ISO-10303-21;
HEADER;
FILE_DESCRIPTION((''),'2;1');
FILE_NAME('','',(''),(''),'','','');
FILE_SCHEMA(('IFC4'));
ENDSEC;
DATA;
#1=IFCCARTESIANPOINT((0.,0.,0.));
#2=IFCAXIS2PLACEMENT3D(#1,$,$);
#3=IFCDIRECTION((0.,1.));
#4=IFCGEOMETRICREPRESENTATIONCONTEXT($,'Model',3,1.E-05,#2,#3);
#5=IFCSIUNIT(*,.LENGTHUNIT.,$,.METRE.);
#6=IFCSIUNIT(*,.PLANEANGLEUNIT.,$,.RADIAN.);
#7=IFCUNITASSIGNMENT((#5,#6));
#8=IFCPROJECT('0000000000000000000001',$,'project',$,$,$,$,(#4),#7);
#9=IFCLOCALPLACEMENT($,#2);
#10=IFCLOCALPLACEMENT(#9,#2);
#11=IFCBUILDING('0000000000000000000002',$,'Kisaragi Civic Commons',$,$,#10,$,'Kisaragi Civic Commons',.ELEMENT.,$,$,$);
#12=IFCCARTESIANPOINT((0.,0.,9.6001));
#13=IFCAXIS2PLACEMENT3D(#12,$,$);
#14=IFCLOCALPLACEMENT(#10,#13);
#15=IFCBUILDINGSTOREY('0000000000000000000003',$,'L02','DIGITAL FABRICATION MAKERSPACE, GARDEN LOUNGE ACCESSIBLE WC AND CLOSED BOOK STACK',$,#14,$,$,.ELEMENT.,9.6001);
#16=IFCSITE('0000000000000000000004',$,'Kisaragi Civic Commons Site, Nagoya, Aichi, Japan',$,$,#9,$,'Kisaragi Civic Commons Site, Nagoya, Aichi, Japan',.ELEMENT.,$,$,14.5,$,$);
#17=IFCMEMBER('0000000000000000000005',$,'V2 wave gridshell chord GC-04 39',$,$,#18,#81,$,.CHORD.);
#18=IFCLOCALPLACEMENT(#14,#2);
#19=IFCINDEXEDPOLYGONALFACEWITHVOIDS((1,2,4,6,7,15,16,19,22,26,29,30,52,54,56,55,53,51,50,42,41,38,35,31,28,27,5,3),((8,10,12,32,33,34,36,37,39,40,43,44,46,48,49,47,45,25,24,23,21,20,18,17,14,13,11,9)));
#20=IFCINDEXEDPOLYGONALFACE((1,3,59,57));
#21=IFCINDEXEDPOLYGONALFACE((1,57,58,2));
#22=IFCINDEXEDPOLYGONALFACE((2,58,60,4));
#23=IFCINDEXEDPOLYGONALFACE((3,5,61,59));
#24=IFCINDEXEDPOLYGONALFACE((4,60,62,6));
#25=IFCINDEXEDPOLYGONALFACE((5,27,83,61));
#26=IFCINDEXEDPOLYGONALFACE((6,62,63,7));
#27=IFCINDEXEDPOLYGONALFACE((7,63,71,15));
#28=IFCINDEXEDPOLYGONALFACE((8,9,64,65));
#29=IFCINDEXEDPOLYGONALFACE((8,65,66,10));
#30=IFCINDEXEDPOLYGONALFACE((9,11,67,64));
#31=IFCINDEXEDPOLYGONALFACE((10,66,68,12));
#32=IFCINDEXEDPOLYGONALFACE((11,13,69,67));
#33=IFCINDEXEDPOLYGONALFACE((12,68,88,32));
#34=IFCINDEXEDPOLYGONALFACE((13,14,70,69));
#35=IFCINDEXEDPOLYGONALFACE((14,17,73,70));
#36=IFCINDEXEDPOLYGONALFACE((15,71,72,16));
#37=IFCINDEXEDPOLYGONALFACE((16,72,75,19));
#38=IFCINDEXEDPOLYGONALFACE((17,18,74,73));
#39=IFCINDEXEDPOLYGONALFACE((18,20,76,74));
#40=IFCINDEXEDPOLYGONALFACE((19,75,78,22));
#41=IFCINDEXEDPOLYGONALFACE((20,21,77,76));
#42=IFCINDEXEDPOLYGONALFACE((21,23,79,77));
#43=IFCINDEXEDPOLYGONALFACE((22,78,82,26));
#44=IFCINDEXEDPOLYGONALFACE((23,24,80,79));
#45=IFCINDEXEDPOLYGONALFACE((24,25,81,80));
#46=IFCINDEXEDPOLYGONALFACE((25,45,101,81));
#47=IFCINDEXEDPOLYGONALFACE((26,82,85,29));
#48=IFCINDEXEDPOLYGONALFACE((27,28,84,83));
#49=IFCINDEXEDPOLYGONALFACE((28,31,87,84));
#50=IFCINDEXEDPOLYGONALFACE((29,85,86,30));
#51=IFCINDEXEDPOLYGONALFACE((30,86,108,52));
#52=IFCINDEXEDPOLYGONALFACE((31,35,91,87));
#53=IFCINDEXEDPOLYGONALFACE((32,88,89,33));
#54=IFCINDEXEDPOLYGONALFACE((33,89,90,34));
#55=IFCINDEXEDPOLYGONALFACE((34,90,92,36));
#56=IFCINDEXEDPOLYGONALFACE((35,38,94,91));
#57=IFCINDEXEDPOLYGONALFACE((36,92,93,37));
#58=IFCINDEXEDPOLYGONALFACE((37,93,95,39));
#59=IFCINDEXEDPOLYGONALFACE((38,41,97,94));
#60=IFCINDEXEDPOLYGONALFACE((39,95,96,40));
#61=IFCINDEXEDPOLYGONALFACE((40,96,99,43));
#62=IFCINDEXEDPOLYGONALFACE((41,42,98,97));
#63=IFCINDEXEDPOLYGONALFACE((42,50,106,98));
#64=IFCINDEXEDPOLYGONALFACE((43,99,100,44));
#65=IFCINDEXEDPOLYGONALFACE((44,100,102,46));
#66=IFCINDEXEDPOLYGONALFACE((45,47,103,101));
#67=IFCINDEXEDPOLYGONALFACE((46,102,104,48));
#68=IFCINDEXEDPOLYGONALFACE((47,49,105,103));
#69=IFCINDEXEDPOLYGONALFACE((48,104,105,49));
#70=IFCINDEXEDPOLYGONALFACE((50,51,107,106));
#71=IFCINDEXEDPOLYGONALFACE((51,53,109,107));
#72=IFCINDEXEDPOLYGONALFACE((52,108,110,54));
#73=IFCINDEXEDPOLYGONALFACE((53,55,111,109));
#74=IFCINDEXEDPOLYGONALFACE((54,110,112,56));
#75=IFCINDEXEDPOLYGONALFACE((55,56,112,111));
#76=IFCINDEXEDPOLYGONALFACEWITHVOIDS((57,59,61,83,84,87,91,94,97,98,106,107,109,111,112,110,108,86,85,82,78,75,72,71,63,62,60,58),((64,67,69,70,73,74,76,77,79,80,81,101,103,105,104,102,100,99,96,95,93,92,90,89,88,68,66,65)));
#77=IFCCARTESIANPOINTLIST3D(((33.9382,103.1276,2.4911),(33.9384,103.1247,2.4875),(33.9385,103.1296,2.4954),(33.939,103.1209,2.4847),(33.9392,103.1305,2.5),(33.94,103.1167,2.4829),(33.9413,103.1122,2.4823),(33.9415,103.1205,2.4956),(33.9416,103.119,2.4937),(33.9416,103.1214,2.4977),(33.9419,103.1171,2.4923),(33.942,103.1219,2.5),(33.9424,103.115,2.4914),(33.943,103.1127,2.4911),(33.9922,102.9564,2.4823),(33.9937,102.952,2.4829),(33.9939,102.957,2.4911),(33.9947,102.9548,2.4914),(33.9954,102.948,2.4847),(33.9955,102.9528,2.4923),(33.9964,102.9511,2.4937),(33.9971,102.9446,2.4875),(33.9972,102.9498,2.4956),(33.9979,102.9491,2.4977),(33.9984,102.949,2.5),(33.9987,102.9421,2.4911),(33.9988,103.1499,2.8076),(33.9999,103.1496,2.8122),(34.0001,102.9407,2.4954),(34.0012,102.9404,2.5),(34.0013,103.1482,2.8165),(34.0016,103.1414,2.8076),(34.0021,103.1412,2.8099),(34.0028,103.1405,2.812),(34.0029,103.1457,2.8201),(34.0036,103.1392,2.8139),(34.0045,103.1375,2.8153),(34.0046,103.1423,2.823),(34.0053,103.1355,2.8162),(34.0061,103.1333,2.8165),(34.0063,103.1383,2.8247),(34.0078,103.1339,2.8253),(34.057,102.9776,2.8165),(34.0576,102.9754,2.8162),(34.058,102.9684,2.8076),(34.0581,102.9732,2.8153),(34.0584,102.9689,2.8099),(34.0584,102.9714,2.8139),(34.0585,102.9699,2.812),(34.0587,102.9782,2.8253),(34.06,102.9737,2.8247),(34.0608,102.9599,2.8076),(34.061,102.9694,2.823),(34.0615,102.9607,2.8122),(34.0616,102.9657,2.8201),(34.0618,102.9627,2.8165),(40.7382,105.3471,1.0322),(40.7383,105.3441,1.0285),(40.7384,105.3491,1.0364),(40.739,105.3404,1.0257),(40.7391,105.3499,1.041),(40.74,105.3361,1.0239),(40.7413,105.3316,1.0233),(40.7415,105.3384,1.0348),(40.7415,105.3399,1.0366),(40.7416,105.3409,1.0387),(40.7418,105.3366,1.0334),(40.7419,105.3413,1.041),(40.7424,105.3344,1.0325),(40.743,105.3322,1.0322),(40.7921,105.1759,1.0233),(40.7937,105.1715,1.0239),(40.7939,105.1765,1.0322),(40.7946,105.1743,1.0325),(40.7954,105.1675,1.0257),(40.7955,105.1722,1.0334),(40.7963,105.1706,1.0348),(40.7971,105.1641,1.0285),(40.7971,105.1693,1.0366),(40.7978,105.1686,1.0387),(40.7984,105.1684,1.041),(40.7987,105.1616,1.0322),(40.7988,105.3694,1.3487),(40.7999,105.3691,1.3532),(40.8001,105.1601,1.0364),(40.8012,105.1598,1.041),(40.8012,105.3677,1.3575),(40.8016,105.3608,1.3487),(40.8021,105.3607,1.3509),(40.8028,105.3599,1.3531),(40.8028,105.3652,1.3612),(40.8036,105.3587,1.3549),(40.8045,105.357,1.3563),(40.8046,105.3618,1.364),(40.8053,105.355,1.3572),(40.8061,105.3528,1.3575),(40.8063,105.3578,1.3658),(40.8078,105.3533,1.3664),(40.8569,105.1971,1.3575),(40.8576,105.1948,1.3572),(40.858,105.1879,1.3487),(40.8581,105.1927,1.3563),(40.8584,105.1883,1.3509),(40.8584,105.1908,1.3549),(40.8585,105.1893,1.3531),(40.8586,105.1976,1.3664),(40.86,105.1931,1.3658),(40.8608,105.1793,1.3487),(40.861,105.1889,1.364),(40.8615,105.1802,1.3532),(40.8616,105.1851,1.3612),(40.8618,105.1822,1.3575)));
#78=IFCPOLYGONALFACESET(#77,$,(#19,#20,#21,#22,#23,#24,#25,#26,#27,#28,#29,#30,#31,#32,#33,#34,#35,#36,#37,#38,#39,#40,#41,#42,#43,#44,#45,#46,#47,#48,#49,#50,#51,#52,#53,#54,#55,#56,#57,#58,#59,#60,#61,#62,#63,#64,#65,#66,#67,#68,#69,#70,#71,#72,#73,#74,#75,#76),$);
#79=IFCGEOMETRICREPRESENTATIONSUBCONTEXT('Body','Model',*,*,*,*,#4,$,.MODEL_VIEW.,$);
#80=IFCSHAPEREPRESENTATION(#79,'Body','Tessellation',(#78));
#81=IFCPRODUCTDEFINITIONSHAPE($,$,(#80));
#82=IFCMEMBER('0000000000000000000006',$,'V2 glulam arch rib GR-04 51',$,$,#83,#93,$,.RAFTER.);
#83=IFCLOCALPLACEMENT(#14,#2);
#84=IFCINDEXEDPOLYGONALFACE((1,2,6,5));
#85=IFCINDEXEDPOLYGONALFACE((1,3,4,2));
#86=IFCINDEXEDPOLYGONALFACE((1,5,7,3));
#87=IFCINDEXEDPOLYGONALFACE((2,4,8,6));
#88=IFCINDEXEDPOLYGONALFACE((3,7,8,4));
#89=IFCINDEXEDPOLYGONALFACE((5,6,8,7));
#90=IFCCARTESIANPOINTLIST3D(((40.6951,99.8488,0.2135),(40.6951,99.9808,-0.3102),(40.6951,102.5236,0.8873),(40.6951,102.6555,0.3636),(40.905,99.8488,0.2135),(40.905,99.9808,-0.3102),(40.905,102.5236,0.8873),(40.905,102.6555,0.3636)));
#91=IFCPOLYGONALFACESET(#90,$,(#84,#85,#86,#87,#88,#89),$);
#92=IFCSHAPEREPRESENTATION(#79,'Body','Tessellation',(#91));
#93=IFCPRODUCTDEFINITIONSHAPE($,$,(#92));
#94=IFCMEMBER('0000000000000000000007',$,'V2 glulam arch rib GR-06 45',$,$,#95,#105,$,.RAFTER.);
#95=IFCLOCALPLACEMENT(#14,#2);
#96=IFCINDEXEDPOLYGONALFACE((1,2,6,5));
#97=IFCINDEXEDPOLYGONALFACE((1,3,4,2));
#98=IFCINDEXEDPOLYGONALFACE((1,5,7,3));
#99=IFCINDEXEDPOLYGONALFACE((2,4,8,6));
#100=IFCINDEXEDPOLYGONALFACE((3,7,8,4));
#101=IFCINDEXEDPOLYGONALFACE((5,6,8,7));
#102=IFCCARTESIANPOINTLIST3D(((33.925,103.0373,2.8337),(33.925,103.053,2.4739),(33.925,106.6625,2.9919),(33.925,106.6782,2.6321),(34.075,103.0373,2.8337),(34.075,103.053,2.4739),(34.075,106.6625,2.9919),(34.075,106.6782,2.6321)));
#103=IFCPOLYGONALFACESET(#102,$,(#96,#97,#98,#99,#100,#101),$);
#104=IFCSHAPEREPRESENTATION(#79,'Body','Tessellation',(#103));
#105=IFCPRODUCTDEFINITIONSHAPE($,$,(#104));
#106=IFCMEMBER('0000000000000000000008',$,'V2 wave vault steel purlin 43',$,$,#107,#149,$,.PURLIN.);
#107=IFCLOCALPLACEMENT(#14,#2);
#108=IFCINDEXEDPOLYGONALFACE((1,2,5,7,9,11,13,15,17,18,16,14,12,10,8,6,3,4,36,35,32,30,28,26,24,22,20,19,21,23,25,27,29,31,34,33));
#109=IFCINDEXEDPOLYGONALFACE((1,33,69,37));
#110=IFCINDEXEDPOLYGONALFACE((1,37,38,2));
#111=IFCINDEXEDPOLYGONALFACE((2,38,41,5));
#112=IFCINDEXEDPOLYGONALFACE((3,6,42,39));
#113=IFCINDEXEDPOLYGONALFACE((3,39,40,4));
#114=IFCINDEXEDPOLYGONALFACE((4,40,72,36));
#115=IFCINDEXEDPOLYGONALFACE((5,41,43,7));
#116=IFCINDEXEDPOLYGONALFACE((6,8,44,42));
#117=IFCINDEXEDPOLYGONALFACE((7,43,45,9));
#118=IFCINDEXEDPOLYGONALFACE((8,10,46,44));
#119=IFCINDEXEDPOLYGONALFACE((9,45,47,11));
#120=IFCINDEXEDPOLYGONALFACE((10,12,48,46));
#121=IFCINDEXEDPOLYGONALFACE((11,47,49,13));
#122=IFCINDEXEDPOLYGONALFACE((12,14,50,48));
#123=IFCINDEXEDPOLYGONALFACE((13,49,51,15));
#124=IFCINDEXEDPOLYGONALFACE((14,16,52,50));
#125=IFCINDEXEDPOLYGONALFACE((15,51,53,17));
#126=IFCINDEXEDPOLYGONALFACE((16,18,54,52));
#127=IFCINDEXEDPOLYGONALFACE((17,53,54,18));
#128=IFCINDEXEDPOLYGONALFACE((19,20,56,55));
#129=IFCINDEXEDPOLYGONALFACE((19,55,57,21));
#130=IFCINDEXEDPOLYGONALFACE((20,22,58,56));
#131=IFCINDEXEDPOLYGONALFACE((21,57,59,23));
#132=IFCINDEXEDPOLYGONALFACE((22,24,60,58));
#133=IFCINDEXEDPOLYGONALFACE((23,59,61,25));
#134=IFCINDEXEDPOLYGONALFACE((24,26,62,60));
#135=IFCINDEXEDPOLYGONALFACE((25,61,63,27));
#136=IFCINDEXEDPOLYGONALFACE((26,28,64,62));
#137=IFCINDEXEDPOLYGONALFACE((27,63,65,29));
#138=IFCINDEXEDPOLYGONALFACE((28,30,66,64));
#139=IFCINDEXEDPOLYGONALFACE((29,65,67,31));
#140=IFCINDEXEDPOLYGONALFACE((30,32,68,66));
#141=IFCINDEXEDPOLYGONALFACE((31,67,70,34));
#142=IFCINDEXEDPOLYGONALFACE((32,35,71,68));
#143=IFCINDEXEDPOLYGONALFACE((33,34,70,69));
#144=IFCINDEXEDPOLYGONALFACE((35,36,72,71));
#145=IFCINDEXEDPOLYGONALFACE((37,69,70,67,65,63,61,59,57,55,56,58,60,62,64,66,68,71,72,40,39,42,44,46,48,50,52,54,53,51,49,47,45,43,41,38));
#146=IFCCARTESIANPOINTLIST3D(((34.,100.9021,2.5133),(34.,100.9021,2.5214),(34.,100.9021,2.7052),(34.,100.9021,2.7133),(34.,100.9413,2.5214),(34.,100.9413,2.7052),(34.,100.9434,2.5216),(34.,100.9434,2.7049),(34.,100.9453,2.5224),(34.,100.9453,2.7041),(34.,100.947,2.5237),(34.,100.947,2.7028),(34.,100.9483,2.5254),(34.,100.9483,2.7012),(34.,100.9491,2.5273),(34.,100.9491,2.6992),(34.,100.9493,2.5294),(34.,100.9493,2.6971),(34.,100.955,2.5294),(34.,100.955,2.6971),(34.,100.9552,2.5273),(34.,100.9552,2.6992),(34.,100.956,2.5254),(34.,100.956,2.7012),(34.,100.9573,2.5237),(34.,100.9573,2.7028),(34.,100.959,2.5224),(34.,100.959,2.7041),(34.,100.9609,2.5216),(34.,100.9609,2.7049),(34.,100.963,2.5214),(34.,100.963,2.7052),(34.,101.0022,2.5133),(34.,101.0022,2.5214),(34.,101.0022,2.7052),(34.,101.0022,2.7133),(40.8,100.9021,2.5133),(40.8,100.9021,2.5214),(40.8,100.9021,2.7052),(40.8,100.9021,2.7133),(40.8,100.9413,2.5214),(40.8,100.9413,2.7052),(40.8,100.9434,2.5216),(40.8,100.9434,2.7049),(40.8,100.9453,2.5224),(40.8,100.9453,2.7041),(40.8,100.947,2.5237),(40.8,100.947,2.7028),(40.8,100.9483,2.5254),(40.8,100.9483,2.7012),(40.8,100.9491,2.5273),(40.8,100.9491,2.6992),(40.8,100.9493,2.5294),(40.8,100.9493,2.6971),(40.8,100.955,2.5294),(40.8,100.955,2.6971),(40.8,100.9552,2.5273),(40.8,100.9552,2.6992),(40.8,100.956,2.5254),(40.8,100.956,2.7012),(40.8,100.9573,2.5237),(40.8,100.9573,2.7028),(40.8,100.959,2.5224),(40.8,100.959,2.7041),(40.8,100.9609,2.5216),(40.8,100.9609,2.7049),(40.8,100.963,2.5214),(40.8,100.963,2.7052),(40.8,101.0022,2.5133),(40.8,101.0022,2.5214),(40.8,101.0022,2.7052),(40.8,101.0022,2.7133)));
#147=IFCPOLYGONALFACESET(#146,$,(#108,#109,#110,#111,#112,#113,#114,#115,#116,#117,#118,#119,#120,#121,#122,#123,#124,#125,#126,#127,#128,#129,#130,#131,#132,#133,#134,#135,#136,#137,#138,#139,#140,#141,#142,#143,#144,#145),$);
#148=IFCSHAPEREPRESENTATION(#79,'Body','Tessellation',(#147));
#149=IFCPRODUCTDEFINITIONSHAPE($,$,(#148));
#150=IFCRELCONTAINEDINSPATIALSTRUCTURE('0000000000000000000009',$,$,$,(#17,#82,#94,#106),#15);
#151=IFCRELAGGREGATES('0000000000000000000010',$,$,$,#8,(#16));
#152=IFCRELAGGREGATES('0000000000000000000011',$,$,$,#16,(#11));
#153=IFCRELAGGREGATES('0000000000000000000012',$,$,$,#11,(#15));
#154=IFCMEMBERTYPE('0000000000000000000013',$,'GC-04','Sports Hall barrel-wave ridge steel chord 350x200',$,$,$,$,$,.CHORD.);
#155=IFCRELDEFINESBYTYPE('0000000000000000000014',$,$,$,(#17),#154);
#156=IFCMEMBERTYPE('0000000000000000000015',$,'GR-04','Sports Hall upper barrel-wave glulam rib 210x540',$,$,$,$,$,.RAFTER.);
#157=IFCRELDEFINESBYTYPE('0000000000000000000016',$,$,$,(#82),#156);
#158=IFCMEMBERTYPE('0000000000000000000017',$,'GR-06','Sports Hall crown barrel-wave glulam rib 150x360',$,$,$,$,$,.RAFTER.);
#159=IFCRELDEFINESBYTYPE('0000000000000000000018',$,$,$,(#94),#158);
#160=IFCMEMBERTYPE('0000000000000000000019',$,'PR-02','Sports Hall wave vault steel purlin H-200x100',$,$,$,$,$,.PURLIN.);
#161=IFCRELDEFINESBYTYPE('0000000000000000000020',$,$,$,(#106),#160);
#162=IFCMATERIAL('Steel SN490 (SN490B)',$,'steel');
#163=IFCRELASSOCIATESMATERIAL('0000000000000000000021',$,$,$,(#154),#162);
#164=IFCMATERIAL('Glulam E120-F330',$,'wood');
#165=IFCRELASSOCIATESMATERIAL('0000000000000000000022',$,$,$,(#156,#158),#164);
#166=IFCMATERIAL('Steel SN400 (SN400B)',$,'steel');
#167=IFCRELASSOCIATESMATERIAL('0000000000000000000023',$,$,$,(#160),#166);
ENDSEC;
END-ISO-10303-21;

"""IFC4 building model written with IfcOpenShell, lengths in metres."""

from ifc_helpers import new_model, si_unit, direction, frame, origin, origin_2d, place, context, subcontext, project, spatial, rectangle, hollow_rectangle, i_section, extrude, material, material_profile, profile_set, type_object, element, save


model = new_model("IFC4")

# Units and contexts
model_context = context("Model", 3, precision=1e-05, world=origin(), true_north=direction((0.0, 1.0)))
body_context = subcontext(model_context, "Body", "Model", "MODEL_VIEW")
ifc_project = project(units=[si_unit("LENGTHUNIT", "METRE"), si_unit("PLANEANGLEUNIT", "RADIAN")], contexts=[model_context])

# Site, building, storey
site_placement = place(None, origin())
site = spatial("IfcSite", under=ifc_project, at=site_placement, Name="Kisaragi Civic Commons Site, Nagoya, Aichi, Japan", LongName="Kisaragi Civic Commons Site, Nagoya, Aichi, Japan", CompositionType="ELEMENT", RefElevation=14.5)
building_placement = place(site_placement, origin())
building = spatial("IfcBuilding", under=site, at=building_placement, Name="Kisaragi Civic Commons", LongName="Kisaragi Civic Commons", CompositionType="ELEMENT")
storey_placement = place(building_placement, frame((0.0, 0.0, 9.6001)))
storey = spatial("IfcBuildingStorey", under=building, at=storey_placement, Name="L02", Description="DIGITAL FABRICATION MAKERSPACE, GARDEN LOUNGE ACCESSIBLE WC AND CLOSED BOOK STACK", CompositionType="ELEMENT", Elevation=9.6001)

# Members
ifc_material_1 = material(Name="Steel SN490 (SN490B)", Category="steel")
ifc_material_profile_1 = material_profile(ifc_material_1, hollow_rectangle(XDim=0.2, YDim=0.3501, WallThickness=0.009, InnerFilletRadius=0.009, OuterFilletRadius=0.0181, at=origin_2d()), Name="STKR-350x200x9", Category="steel")
ifc_profile_set_1 = profile_set([ifc_material_profile_1], Name="Steel SN490 (SN490B)")
member_type_1 = type_object("IfcMemberType", Name="GC-04", Description="Sports Hall barrel-wave ridge steel chord 350x200", PredefinedType="CHORD", material=ifc_profile_set_1)
member_1_placement = place(storey_placement, frame((34.0, 103.0452, 2.6538), z_axis=(0.931466, 0.304023, -0.199851), x_axis=(-0.310283, 0.950644, 0.0)))
element("IfcMember", 1, at=member_1_placement, inside=storey, type_object=member_type_1, Name="V2 wave gridshell chord GC-04 39", PredefinedType="CHORD", context=body_context, shape_type="SweptSolid", body=[
    extrude(hollow_rectangle(XDim=0.2, YDim=0.3501, WallThickness=0.009, InnerFilletRadius=0.009, OuterFilletRadius=0.0181, at=origin_2d()), origin(), (0.0, 0.0, 1.0), 7.3003),
])
ifc_material_2 = material(Name="Glulam E120-F330", Category="wood")
ifc_material_profile_2 = material_profile(ifc_material_2, rectangle(XDim=0.21, YDim=0.54, at=origin_2d()), Name="GL-210x540", Category="wood")
ifc_profile_set_2 = profile_set([ifc_material_profile_2], Name="Glulam E120-F330")
member_type_2 = type_object("IfcMemberType", Name="GR-04", Description="Sports Hall upper barrel-wave glulam rib 210x540", PredefinedType="RAFTER", material=ifc_profile_set_2)
member_2_placement = place(storey_placement, frame((40.8, 99.9148, -0.0483), z_axis=(0.0, 0.969704, 0.244285), x_axis=(-1.0, 0.0, 0.0)))
element("IfcMember", 2, at=member_2_placement, inside=storey, type_object=member_type_2, Name="V2 glulam arch rib GR-04 51", PredefinedType="RAFTER", context=body_context, shape_type="SweptSolid", body=[
    extrude(rectangle(XDim=0.21, YDim=0.54, at=origin_2d()), origin(), (0.0, 0.0, 1.0), 2.7583),
])
ifc_material_profile_3 = material_profile(ifc_material_2, rectangle(XDim=0.1499, YDim=0.3601, at=origin_2d()), Name="GL-150x360", Category="wood")
ifc_profile_set_3 = profile_set([ifc_material_profile_3], Name="Glulam E120-F330")
member_type_3 = type_object("IfcMemberType", Name="GR-06", Description="Sports Hall crown barrel-wave glulam rib 150x360", PredefinedType="RAFTER", material=ifc_profile_set_3)
member_3_placement = place(storey_placement, frame((34.0, 103.0452, 2.6538), z_axis=(0.0, 0.999049, 0.043598), x_axis=(-1.0, 0.0, 0.0)))
element("IfcMember", 3, at=member_3_placement, inside=storey, type_object=member_type_3, Name="V2 glulam arch rib GR-06 45", PredefinedType="RAFTER", context=body_context, shape_type="SweptSolid", body=[
    extrude(rectangle(XDim=0.1499, YDim=0.3601, at=origin_2d()), origin(), (0.0, 0.0, 1.0), 3.6287),
])
ifc_material_3 = material(Name="Steel SN400 (SN400B)", Category="steel")
ifc_material_profile_4 = material_profile(ifc_material_3, i_section(OverallWidth=0.1001, OverallDepth=0.2, WebThickness=0.0056, FlangeThickness=0.0081, FilletRadius=0.0081, at=origin_2d()), Name="H-200x100x5.5x8", Category="steel")
ifc_profile_set_4 = profile_set([ifc_material_profile_4], Name="Steel SN400 (SN400B)")
member_type_4 = type_object("IfcMemberType", Name="PR-02", Description="Sports Hall wave vault steel purlin H-200x100", PredefinedType="PURLIN", material=ifc_profile_set_4)
member_4_placement = place(storey_placement, frame((34.0, 100.9521, 2.6133), z_axis=(1.0, 0.0, 0.0), x_axis=(0.0, 1.0, 0.0)))
element("IfcMember", 4, at=member_4_placement, inside=storey, type_object=member_type_4, Name="V2 wave vault steel purlin 43", PredefinedType="PURLIN", context=body_context, shape_type="SweptSolid", body=[
    extrude(i_section(OverallWidth=0.1001, OverallDepth=0.2, WebThickness=0.0056, FlangeThickness=0.0081, FilletRadius=0.0081, at=origin_2d()), origin(), (0.0, 0.0, 1.0), 6.8),
])

save(model, "model.ifc")
